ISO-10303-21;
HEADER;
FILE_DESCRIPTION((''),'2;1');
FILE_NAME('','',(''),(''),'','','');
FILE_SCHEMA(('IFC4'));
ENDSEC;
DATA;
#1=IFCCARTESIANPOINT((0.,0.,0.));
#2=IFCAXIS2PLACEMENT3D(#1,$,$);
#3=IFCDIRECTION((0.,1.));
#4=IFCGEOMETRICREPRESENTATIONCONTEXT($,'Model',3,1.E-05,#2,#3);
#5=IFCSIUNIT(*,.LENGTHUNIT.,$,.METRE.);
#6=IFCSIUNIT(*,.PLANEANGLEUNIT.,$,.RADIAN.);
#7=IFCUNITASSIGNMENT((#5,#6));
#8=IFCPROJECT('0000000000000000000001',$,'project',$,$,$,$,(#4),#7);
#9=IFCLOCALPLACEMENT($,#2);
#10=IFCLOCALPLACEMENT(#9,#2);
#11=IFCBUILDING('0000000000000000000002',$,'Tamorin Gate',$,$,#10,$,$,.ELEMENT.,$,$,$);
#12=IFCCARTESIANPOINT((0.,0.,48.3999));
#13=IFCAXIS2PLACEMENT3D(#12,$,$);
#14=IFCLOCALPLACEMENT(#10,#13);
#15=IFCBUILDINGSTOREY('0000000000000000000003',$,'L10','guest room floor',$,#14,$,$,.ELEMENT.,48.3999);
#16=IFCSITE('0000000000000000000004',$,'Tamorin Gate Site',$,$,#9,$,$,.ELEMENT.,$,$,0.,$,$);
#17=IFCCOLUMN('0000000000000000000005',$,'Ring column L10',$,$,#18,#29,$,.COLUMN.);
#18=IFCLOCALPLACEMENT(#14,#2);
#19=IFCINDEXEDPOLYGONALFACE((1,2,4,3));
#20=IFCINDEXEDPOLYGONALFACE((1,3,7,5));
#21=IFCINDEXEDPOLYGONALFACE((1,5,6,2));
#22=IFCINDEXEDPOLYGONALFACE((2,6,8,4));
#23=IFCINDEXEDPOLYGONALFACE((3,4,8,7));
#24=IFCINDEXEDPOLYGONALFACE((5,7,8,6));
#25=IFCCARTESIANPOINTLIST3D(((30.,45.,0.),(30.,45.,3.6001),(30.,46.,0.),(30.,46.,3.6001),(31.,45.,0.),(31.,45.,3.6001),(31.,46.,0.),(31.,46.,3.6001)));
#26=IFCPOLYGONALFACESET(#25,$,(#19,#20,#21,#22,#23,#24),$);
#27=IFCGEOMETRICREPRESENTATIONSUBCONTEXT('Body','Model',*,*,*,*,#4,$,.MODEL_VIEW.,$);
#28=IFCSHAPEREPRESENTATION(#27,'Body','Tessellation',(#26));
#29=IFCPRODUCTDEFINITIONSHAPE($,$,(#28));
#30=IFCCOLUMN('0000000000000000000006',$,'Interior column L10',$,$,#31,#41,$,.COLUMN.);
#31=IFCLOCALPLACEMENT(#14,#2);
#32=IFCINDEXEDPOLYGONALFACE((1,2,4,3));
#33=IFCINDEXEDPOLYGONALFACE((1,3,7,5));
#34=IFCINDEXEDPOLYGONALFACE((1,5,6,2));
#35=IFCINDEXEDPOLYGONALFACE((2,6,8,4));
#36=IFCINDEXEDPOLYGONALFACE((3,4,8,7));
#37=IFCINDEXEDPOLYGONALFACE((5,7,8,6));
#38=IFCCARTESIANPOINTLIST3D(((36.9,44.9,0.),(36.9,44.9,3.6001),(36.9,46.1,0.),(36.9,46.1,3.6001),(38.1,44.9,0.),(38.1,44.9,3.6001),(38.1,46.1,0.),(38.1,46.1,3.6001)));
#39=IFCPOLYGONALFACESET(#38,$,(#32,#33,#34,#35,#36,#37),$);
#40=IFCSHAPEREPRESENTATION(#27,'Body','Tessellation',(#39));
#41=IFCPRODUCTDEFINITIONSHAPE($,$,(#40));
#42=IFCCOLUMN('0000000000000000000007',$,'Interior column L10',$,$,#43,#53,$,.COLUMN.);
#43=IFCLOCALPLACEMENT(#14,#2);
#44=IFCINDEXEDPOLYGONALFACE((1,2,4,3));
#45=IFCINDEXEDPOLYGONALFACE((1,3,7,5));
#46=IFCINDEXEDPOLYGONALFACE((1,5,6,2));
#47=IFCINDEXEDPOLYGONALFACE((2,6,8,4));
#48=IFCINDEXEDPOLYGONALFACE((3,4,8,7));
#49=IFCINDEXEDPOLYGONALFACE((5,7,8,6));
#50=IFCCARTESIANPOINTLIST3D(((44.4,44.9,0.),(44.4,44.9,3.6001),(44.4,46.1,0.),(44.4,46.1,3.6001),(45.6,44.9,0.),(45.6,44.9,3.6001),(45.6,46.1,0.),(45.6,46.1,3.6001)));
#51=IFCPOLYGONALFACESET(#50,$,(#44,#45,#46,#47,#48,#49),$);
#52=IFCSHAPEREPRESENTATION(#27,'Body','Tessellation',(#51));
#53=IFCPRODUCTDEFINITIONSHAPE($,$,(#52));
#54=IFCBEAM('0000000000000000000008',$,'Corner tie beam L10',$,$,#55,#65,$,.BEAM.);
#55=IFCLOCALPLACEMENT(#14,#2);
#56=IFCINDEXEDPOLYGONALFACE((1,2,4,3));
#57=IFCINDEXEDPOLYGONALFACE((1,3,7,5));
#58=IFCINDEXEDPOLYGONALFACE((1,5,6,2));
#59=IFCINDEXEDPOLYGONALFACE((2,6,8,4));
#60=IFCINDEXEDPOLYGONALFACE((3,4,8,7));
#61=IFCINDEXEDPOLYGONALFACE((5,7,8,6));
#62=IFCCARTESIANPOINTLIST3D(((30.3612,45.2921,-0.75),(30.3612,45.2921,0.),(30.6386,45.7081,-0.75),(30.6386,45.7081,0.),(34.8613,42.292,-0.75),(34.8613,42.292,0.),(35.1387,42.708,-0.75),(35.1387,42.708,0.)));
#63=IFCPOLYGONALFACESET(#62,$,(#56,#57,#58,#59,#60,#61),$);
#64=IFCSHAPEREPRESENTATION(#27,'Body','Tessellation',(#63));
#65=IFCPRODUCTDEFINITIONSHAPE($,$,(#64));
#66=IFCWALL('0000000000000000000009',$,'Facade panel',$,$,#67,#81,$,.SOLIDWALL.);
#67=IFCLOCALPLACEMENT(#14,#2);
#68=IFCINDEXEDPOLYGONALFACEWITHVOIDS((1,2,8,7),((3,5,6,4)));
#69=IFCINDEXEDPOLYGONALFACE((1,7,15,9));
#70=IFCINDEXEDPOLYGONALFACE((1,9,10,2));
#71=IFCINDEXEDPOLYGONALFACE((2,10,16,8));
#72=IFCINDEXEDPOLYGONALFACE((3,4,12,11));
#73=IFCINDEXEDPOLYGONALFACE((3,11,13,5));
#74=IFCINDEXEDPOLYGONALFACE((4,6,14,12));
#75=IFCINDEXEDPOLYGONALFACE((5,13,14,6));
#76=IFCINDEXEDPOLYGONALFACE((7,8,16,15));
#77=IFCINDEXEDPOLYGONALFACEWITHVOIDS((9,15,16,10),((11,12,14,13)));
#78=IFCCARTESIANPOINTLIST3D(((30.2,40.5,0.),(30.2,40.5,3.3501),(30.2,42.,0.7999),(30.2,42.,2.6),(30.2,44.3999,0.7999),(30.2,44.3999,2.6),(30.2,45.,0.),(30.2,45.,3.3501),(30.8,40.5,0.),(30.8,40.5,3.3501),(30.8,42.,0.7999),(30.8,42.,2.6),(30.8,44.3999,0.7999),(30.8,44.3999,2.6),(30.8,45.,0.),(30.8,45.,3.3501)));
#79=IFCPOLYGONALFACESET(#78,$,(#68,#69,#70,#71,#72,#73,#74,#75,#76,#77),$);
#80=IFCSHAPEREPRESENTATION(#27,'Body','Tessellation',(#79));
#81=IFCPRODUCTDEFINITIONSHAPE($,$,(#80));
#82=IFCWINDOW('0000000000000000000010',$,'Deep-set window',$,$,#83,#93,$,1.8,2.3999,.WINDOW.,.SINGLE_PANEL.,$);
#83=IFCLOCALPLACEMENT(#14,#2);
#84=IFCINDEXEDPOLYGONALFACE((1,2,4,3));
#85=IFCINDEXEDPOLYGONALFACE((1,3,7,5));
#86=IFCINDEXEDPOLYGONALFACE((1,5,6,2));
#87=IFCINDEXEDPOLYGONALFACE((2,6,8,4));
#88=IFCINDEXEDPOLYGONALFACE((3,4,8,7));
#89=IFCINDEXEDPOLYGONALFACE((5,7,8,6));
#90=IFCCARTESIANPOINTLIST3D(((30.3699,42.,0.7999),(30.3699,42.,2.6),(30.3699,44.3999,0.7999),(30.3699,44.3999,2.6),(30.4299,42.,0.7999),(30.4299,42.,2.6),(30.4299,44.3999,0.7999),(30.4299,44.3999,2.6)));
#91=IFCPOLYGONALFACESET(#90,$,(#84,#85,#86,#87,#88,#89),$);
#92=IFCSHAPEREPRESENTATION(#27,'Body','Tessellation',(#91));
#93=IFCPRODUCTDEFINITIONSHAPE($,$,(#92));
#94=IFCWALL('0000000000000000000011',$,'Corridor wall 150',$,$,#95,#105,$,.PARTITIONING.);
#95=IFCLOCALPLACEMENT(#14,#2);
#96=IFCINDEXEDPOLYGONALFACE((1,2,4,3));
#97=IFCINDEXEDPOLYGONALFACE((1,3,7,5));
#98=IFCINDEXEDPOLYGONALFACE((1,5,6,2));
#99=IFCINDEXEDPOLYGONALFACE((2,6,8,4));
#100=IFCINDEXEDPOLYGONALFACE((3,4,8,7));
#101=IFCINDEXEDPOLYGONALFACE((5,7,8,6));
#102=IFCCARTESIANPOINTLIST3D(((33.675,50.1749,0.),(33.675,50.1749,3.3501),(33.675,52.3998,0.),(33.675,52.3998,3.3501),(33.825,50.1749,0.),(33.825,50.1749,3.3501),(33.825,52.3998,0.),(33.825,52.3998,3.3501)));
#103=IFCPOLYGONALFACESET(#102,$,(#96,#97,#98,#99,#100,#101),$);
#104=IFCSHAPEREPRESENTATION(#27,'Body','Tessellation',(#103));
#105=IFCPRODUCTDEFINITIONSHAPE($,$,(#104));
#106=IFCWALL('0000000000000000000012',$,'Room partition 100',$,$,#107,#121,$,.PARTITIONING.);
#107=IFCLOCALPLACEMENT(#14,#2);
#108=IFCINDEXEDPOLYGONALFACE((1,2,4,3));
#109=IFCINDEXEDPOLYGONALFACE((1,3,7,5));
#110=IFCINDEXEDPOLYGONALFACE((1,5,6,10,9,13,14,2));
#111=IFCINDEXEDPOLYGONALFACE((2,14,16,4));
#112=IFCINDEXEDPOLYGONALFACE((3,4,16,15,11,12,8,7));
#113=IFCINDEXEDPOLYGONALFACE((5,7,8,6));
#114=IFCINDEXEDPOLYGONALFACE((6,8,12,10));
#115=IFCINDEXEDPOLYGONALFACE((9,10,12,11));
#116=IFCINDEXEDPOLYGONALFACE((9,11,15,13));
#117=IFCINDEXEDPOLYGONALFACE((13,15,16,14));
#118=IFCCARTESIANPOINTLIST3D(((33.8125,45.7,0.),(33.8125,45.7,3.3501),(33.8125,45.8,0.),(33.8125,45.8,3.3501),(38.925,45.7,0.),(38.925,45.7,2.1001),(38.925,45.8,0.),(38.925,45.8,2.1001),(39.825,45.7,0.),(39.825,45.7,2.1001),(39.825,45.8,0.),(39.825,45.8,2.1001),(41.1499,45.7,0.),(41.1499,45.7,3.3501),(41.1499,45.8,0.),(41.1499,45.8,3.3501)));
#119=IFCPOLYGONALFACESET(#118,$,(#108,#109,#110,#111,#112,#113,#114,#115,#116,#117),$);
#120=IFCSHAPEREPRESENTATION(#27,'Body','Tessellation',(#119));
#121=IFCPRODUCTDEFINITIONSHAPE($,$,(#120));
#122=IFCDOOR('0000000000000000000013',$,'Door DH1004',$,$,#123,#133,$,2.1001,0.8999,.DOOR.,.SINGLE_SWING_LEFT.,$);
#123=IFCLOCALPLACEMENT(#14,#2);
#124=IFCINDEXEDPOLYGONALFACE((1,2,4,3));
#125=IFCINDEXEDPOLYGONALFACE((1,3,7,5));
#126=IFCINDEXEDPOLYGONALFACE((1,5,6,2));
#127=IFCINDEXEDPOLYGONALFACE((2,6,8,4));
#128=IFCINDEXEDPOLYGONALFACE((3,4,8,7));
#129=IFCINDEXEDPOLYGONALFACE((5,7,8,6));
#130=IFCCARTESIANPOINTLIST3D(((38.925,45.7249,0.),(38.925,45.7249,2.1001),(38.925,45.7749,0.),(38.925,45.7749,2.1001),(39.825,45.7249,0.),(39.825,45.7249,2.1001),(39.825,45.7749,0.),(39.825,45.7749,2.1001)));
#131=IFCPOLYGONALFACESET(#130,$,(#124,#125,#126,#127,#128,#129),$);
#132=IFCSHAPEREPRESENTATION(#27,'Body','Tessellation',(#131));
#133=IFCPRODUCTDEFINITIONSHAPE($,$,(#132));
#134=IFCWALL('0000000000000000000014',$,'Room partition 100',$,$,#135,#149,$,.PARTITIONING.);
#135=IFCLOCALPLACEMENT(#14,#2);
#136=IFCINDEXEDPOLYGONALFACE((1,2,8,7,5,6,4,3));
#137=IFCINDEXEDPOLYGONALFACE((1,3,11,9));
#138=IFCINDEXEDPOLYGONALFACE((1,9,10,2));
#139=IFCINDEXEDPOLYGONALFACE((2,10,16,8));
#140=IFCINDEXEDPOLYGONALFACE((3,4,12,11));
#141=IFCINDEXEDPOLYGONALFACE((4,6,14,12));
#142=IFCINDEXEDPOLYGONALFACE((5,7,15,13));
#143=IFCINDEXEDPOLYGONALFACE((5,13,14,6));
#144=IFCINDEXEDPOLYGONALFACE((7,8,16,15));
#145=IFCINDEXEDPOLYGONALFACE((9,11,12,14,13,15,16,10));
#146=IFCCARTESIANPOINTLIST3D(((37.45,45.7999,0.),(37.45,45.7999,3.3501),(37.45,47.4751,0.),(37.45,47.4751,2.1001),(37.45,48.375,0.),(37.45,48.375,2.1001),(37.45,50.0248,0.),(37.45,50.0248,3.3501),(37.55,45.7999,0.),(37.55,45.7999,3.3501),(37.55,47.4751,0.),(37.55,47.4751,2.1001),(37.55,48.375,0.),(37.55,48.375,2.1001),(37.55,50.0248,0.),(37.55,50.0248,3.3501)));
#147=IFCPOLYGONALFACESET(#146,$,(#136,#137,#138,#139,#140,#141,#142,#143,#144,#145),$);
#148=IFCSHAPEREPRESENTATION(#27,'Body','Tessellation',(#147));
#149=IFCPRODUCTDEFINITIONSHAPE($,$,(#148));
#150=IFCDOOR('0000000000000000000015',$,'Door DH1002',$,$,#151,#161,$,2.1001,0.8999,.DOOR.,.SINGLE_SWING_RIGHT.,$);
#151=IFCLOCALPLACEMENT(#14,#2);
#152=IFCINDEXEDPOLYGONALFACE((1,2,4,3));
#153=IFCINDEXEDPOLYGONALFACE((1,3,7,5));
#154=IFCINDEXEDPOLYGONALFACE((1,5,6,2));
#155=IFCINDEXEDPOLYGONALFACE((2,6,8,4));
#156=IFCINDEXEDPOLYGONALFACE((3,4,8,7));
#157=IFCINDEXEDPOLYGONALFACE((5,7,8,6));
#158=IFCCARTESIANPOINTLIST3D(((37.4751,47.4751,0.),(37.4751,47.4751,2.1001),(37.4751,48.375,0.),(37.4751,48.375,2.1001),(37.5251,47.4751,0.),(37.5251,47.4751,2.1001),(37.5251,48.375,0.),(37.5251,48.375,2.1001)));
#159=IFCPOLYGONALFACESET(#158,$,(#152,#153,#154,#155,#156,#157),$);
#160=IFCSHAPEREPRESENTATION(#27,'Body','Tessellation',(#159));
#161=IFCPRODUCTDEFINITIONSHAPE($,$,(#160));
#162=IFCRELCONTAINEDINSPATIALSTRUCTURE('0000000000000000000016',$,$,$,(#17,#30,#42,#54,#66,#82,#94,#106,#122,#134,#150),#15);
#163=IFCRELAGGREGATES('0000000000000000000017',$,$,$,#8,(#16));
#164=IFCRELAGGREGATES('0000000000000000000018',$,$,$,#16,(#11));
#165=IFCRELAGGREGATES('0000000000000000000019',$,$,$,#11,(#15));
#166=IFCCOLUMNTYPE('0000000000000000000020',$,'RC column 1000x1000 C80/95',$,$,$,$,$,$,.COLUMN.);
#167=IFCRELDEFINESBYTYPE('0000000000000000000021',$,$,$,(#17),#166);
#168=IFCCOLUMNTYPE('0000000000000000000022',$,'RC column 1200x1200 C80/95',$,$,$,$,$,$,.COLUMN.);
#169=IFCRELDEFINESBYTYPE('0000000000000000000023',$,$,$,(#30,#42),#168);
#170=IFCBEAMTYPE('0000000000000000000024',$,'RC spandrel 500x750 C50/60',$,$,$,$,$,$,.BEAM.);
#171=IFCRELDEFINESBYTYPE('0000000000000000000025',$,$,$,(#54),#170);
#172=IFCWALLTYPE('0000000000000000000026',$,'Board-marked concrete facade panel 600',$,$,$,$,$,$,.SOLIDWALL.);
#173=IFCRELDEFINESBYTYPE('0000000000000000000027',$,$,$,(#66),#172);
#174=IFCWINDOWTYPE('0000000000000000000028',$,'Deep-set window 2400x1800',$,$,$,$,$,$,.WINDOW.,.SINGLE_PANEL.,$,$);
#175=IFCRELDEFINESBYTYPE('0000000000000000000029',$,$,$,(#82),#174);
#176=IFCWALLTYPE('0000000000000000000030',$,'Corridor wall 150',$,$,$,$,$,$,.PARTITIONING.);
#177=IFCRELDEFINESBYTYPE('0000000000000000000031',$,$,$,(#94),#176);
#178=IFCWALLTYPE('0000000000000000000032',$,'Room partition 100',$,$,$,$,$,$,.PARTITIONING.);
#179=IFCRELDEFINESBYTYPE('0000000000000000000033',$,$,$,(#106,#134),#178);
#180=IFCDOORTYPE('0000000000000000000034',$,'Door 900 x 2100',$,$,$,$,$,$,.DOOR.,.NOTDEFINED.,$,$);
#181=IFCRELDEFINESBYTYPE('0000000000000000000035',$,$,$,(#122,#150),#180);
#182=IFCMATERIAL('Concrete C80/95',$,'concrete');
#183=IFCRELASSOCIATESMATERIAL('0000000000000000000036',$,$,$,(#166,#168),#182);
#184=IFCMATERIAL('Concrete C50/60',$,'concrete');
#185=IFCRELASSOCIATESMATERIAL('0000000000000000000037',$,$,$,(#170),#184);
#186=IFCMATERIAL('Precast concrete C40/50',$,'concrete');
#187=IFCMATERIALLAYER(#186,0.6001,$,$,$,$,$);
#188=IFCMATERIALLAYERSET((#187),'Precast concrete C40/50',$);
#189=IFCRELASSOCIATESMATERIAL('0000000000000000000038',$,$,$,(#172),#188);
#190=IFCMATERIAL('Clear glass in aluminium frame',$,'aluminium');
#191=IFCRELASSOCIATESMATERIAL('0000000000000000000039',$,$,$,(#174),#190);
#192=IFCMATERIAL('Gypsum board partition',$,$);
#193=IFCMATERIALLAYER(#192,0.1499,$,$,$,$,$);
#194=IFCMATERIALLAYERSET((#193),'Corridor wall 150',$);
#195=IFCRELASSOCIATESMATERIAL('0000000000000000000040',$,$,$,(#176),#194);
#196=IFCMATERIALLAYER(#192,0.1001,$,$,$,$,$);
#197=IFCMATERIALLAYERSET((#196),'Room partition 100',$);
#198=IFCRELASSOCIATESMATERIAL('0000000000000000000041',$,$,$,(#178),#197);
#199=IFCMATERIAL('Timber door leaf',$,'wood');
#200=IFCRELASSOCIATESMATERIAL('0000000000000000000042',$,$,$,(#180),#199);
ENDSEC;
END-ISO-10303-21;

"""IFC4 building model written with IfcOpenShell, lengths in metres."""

from ifc_helpers import new_model, si_unit, direction, frame, frame_2d, origin, origin_2d, place, context, subcontext, project, spatial, rectangle, extrude, material, layer, layer_set, material_profile, profile_set, type_object, element, fill, save


model = new_model("IFC4")

# Units and contexts
model_context = context("Model", 3, precision=1e-05, world=origin(), true_north=direction((0.0, 1.0)))
body_context = subcontext(model_context, "Body", "Model", "MODEL_VIEW")
ifc_project = project(units=[si_unit("LENGTHUNIT", "METRE"), si_unit("PLANEANGLEUNIT", "RADIAN")], contexts=[model_context])

# Site, building, storey
site_placement = place(None, origin())
site = spatial("IfcSite", under=ifc_project, at=site_placement, Name="Tamorin Gate Site", CompositionType="ELEMENT", RefElevation=0.0)
building_placement = place(site_placement, origin())
building = spatial("IfcBuilding", under=site, at=building_placement, Name="Tamorin Gate", CompositionType="ELEMENT")
storey_placement = place(building_placement, frame((0.0, 0.0, 48.3999)))
storey = spatial("IfcBuildingStorey", under=building, at=storey_placement, Name="L10", Description="guest room floor", CompositionType="ELEMENT", Elevation=48.3999)

# Columns
ifc_material_1 = material(Name="Concrete C80/95", Category="concrete")
ifc_material_profile_1 = material_profile(ifc_material_1, rectangle(XDim=1.0, YDim=1.0, at=origin_2d()), Name="RC 1000x1000")
ifc_profile_set_1 = profile_set([ifc_material_profile_1], Name="Concrete C80/95")
column_type_1 = type_object("IfcColumnType", Name="RC column 1000x1000 C80/95", PredefinedType="COLUMN", material=ifc_profile_set_1)
column_placement = place(storey_placement, frame((30.5, 45.5, 0.0), z_axis=(0.0, 0.0, 1.0), x_axis=(1.0, 0.0, 0.0)))
element("IfcColumn", 1, at=column_placement, inside=storey, type_object=column_type_1, Name="Ring column L10", PredefinedType="COLUMN", context=body_context, shape_type="SweptSolid", body=[
    extrude(rectangle(XDim=1.0, YDim=1.0, at=origin_2d()), origin(), (0.0, 0.0, 1.0), 3.6001),
])
ifc_material_profile_2 = material_profile(ifc_material_1, rectangle(XDim=1.2, YDim=1.2, at=origin_2d()), Name="RC 1200x1200")
ifc_profile_set_2 = profile_set([ifc_material_profile_2], Name="Concrete C80/95")
column_type_2 = type_object("IfcColumnType", Name="RC column 1200x1200 C80/95", PredefinedType="COLUMN", material=ifc_profile_set_2)
for number, where, z_axis, x_axis, name in (
    (2, (37.5, 45.5, 0.0), (0.0, 0.0, 1.0), (1.0, 0.0, 0.0), "Interior column L10"),
    (3, (45.0, 45.5, 0.0), (0.0, 0.0, 1.0), (1.0, 0.0, 0.0), "Interior column L10"),
):
    element("IfcColumn", number, at=place(storey_placement, frame(where, z_axis=z_axis, x_axis=x_axis)), inside=storey, type_object=column_type_2, Name=name, PredefinedType="COLUMN", context=body_context, shape_type="SweptSolid", body=[
        extrude(rectangle(XDim=1.2, YDim=1.2, at=origin_2d()), origin(), (0.0, 0.0, 1.0), 3.6001),
    ])

# Beam
ifc_material_2 = material(Name="Concrete C50/60", Category="concrete")
ifc_material_profile_3 = material_profile(ifc_material_2, rectangle(XDim=0.5, YDim=0.75, at=origin_2d()), Name="RC 500x750")
ifc_profile_set_3 = profile_set([ifc_material_profile_3], Name="Concrete C50/60")
beam_type = type_object("IfcBeamType", Name="RC spandrel 500x750 C50/60", PredefinedType="BEAM", material=ifc_profile_set_3)
beam_placement = place(storey_placement, frame((35.0, 42.5, -0.375), z_axis=(-0.83205, 0.5547, 0.0), x_axis=(-0.5547, -0.83205, 0.0)))
element("IfcBeam", 4, at=beam_placement, inside=storey, type_object=beam_type, Name="Corner tie beam L10", PredefinedType="BEAM", context=body_context, shape_type="SweptSolid", body=[
    extrude(rectangle(XDim=0.5, YDim=0.75, at=origin_2d()), origin(), (0.0, 0.0, 1.0), 5.4084),
])

# Wall, opening, window
ifc_material_3 = material(Name="Precast concrete C40/50", Category="concrete")
ifc_layer_1 = layer(ifc_material_3, 0.6001)
ifc_layer_set_1 = layer_set([ifc_layer_1], Name="Precast concrete C40/50")
wall_type_1 = type_object("IfcWallType", Name="Board-marked concrete facade panel 600", PredefinedType="SOLIDWALL", material=ifc_layer_set_1)
wall_1_placement = place(storey_placement, frame((30.5, 45.0, 0.0), z_axis=(0.0, 0.0, 1.0), x_axis=(0.0, -1.0, 0.0)))
wall_1 = element("IfcWall", 5, at=wall_1_placement, inside=storey, type_object=wall_type_1, Name="Facade panel", PredefinedType="SOLIDWALL", context=body_context, shape_type="SweptSolid", body=[
    extrude(rectangle(XDim=4.5, YDim=0.6001, at=frame_2d((2.25, 0.0))), origin(), (0.0, 0.0, 1.0), 3.3501),
])
opening_1_placement = place(wall_1_placement, frame((0.6001, 0.0, 0.8)))
opening_1 = element("IfcOpeningElement", 6, at=opening_1_placement, cuts=wall_1, PredefinedType="OPENING", context=body_context, shape_type="SweptSolid", body=[
    extrude(rectangle(XDim=2.3999, YDim=1.8, at=frame_2d((1.2, 0.8999))), frame((0.0, 0.3101, 0.0), z_axis=(0.0, -1.0, 0.0), x_axis=(1.0, 0.0, 0.0)), (0.0, 0.0, 1.0), 0.6201),
])
ifc_material_4 = material(Name="Clear glass in aluminium frame", Category="aluminium")
window_type = type_object("IfcWindowType", Name="Deep-set window 2400x1800", PartitioningType="SINGLE_PANEL", PredefinedType="WINDOW", material=ifc_material_4)
window_placement = place(opening_1_placement, origin())
window = element("IfcWindow", 7, at=window_placement, inside=storey, type_object=window_type, Name="Deep-set window", OverallHeight=1.8, OverallWidth=2.3999, PartitioningType="SINGLE_PANEL", PredefinedType="WINDOW", context=body_context, shape_type="SweptSolid", body=[
    extrude(rectangle(XDim=2.3999, YDim=1.8, at=frame_2d((1.2, 0.8999))), frame((0.0, -0.0701, 0.0), z_axis=(0.0, -1.0, 0.0), x_axis=(1.0, 0.0, 0.0)), (0.0, 0.0, 1.0), 0.0601),
])
fill(opening_1, window)

# Shared definitions
ifc_material_5 = material(Name="Gypsum board partition")
ifc_layer_2 = layer(ifc_material_5, 0.1499)
ifc_layer_set_2 = layer_set([ifc_layer_2], Name="Corridor wall 150")
wall_type_2 = type_object("IfcWallType", Name="Corridor wall 150", PredefinedType="PARTITIONING", material=ifc_layer_set_2)
ifc_material_6 = material(Name="Timber door leaf", Category="wood")

# Wall
wall_2_placement = place(storey_placement, frame((33.75, 50.175, 0.0), z_axis=(0.0, 0.0, 1.0), x_axis=(0.0, 1.0, 0.0)))
element("IfcWall", 8, at=wall_2_placement, inside=storey, type_object=wall_type_2, Name="Corridor wall 150", PredefinedType="PARTITIONING", context=body_context, shape_type="SweptSolid", body=[
    extrude(rectangle(XDim=2.2249, YDim=0.1499, at=frame_2d((1.1123, 0.0))), origin(), (0.0, 0.0, 1.0), 3.3501),
])

# Walls, openings, doors
ifc_layer_3 = layer(ifc_material_5, 0.1001)
ifc_layer_set_3 = layer_set([ifc_layer_3], Name="Room partition 100")
wall_type_3 = type_object("IfcWallType", Name="Room partition 100", PredefinedType="PARTITIONING", material=ifc_layer_set_3)
wall_3_placement = place(storey_placement, frame((33.8125, 45.75, 0.0), z_axis=(0.0, 0.0, 1.0), x_axis=(1.0, 0.0, 0.0)))
wall_3 = element("IfcWall", 9, at=wall_3_placement, inside=storey, type_object=wall_type_3, Name="Room partition 100", PredefinedType="PARTITIONING", context=body_context, shape_type="SweptSolid", body=[
    extrude(rectangle(XDim=7.3374, YDim=0.1001, at=frame_2d((3.6687, 0.0))), origin(), (0.0, 0.0, 1.0), 3.3501),
])
opening_2_placement = place(wall_3_placement, frame((5.1125, 0.0, 0.0)))
opening_2 = element("IfcOpeningElement", 10, at=opening_2_placement, cuts=wall_3, PredefinedType="OPENING", context=body_context, shape_type="SweptSolid", body=[
    extrude(rectangle(XDim=0.8999, YDim=2.1001, at=frame_2d((0.45, 1.05))), frame((0.0, 0.0601, 0.0), z_axis=(0.0, -1.0, 0.0), x_axis=(1.0, 0.0, 0.0)), (0.0, 0.0, 1.0), 0.1201),
])
door_type_1 = type_object("IfcDoorType", Name="Door 900 x 2100", OperationType="NOTDEFINED", PredefinedType="DOOR", material=ifc_material_6)
door_1_placement = place(opening_2_placement, origin())
door_1 = element("IfcDoor", 11, at=door_1_placement, inside=storey, type_object=door_type_1, Name="Door DH1004", OperationType="SINGLE_SWING_LEFT", OverallHeight=2.1001, OverallWidth=0.8999, PredefinedType="DOOR", context=body_context, shape_type="SweptSolid", body=[
    extrude(rectangle(XDim=0.8999, YDim=2.1001, at=frame_2d((0.45, 1.05))), frame((0.0, 0.0249, 0.0), z_axis=(0.0, -1.0, 0.0), x_axis=(1.0, 0.0, 0.0)), (0.0, 0.0, 1.0), 0.05),
])
fill(opening_2, door_1)
wall_4_placement = place(storey_placement, frame((37.5, 45.8, 0.0), z_axis=(0.0, 0.0, 1.0), x_axis=(0.0, 1.0, 0.0)))
wall_4 = element("IfcWall", 12, at=wall_4_placement, inside=storey, type_object=wall_type_3, Name="Room partition 100", PredefinedType="PARTITIONING", context=body_context, shape_type="SweptSolid", body=[
    extrude(rectangle(XDim=4.2249, YDim=0.1001, at=frame_2d((2.1123, 0.0))), origin(), (0.0, 0.0, 1.0), 3.3501),
])
opening_3_placement = place(wall_4_placement, frame((1.675, 0.0, 0.0)))
opening_3 = element("IfcOpeningElement", 13, at=opening_3_placement, cuts=wall_4, PredefinedType="OPENING", context=body_context, shape_type="SweptSolid", body=[
    extrude(rectangle(XDim=0.8999, YDim=2.1001, at=frame_2d((0.45, 1.05))), frame((0.0, 0.0601, 0.0), z_axis=(0.0, -1.0, 0.0), x_axis=(1.0, 0.0, 0.0)), (0.0, 0.0, 1.0), 0.1201),
])
door_2_placement = place(opening_3_placement, origin())
door_2 = element("IfcDoor", 14, at=door_2_placement, inside=storey, type_object=door_type_1, Name="Door DH1002", OperationType="SINGLE_SWING_RIGHT", OverallHeight=2.1001, OverallWidth=0.8999, PredefinedType="DOOR", context=body_context, shape_type="SweptSolid", body=[
    extrude(rectangle(XDim=0.8999, YDim=2.1001, at=frame_2d((0.45, 1.05))), frame((0.0, 0.0249, 0.0), z_axis=(0.0, -1.0, 0.0), x_axis=(1.0, 0.0, 0.0)), (0.0, 0.0, 1.0), 0.05),
])
fill(opening_3, door_2)

save(model, "model.ifc")
